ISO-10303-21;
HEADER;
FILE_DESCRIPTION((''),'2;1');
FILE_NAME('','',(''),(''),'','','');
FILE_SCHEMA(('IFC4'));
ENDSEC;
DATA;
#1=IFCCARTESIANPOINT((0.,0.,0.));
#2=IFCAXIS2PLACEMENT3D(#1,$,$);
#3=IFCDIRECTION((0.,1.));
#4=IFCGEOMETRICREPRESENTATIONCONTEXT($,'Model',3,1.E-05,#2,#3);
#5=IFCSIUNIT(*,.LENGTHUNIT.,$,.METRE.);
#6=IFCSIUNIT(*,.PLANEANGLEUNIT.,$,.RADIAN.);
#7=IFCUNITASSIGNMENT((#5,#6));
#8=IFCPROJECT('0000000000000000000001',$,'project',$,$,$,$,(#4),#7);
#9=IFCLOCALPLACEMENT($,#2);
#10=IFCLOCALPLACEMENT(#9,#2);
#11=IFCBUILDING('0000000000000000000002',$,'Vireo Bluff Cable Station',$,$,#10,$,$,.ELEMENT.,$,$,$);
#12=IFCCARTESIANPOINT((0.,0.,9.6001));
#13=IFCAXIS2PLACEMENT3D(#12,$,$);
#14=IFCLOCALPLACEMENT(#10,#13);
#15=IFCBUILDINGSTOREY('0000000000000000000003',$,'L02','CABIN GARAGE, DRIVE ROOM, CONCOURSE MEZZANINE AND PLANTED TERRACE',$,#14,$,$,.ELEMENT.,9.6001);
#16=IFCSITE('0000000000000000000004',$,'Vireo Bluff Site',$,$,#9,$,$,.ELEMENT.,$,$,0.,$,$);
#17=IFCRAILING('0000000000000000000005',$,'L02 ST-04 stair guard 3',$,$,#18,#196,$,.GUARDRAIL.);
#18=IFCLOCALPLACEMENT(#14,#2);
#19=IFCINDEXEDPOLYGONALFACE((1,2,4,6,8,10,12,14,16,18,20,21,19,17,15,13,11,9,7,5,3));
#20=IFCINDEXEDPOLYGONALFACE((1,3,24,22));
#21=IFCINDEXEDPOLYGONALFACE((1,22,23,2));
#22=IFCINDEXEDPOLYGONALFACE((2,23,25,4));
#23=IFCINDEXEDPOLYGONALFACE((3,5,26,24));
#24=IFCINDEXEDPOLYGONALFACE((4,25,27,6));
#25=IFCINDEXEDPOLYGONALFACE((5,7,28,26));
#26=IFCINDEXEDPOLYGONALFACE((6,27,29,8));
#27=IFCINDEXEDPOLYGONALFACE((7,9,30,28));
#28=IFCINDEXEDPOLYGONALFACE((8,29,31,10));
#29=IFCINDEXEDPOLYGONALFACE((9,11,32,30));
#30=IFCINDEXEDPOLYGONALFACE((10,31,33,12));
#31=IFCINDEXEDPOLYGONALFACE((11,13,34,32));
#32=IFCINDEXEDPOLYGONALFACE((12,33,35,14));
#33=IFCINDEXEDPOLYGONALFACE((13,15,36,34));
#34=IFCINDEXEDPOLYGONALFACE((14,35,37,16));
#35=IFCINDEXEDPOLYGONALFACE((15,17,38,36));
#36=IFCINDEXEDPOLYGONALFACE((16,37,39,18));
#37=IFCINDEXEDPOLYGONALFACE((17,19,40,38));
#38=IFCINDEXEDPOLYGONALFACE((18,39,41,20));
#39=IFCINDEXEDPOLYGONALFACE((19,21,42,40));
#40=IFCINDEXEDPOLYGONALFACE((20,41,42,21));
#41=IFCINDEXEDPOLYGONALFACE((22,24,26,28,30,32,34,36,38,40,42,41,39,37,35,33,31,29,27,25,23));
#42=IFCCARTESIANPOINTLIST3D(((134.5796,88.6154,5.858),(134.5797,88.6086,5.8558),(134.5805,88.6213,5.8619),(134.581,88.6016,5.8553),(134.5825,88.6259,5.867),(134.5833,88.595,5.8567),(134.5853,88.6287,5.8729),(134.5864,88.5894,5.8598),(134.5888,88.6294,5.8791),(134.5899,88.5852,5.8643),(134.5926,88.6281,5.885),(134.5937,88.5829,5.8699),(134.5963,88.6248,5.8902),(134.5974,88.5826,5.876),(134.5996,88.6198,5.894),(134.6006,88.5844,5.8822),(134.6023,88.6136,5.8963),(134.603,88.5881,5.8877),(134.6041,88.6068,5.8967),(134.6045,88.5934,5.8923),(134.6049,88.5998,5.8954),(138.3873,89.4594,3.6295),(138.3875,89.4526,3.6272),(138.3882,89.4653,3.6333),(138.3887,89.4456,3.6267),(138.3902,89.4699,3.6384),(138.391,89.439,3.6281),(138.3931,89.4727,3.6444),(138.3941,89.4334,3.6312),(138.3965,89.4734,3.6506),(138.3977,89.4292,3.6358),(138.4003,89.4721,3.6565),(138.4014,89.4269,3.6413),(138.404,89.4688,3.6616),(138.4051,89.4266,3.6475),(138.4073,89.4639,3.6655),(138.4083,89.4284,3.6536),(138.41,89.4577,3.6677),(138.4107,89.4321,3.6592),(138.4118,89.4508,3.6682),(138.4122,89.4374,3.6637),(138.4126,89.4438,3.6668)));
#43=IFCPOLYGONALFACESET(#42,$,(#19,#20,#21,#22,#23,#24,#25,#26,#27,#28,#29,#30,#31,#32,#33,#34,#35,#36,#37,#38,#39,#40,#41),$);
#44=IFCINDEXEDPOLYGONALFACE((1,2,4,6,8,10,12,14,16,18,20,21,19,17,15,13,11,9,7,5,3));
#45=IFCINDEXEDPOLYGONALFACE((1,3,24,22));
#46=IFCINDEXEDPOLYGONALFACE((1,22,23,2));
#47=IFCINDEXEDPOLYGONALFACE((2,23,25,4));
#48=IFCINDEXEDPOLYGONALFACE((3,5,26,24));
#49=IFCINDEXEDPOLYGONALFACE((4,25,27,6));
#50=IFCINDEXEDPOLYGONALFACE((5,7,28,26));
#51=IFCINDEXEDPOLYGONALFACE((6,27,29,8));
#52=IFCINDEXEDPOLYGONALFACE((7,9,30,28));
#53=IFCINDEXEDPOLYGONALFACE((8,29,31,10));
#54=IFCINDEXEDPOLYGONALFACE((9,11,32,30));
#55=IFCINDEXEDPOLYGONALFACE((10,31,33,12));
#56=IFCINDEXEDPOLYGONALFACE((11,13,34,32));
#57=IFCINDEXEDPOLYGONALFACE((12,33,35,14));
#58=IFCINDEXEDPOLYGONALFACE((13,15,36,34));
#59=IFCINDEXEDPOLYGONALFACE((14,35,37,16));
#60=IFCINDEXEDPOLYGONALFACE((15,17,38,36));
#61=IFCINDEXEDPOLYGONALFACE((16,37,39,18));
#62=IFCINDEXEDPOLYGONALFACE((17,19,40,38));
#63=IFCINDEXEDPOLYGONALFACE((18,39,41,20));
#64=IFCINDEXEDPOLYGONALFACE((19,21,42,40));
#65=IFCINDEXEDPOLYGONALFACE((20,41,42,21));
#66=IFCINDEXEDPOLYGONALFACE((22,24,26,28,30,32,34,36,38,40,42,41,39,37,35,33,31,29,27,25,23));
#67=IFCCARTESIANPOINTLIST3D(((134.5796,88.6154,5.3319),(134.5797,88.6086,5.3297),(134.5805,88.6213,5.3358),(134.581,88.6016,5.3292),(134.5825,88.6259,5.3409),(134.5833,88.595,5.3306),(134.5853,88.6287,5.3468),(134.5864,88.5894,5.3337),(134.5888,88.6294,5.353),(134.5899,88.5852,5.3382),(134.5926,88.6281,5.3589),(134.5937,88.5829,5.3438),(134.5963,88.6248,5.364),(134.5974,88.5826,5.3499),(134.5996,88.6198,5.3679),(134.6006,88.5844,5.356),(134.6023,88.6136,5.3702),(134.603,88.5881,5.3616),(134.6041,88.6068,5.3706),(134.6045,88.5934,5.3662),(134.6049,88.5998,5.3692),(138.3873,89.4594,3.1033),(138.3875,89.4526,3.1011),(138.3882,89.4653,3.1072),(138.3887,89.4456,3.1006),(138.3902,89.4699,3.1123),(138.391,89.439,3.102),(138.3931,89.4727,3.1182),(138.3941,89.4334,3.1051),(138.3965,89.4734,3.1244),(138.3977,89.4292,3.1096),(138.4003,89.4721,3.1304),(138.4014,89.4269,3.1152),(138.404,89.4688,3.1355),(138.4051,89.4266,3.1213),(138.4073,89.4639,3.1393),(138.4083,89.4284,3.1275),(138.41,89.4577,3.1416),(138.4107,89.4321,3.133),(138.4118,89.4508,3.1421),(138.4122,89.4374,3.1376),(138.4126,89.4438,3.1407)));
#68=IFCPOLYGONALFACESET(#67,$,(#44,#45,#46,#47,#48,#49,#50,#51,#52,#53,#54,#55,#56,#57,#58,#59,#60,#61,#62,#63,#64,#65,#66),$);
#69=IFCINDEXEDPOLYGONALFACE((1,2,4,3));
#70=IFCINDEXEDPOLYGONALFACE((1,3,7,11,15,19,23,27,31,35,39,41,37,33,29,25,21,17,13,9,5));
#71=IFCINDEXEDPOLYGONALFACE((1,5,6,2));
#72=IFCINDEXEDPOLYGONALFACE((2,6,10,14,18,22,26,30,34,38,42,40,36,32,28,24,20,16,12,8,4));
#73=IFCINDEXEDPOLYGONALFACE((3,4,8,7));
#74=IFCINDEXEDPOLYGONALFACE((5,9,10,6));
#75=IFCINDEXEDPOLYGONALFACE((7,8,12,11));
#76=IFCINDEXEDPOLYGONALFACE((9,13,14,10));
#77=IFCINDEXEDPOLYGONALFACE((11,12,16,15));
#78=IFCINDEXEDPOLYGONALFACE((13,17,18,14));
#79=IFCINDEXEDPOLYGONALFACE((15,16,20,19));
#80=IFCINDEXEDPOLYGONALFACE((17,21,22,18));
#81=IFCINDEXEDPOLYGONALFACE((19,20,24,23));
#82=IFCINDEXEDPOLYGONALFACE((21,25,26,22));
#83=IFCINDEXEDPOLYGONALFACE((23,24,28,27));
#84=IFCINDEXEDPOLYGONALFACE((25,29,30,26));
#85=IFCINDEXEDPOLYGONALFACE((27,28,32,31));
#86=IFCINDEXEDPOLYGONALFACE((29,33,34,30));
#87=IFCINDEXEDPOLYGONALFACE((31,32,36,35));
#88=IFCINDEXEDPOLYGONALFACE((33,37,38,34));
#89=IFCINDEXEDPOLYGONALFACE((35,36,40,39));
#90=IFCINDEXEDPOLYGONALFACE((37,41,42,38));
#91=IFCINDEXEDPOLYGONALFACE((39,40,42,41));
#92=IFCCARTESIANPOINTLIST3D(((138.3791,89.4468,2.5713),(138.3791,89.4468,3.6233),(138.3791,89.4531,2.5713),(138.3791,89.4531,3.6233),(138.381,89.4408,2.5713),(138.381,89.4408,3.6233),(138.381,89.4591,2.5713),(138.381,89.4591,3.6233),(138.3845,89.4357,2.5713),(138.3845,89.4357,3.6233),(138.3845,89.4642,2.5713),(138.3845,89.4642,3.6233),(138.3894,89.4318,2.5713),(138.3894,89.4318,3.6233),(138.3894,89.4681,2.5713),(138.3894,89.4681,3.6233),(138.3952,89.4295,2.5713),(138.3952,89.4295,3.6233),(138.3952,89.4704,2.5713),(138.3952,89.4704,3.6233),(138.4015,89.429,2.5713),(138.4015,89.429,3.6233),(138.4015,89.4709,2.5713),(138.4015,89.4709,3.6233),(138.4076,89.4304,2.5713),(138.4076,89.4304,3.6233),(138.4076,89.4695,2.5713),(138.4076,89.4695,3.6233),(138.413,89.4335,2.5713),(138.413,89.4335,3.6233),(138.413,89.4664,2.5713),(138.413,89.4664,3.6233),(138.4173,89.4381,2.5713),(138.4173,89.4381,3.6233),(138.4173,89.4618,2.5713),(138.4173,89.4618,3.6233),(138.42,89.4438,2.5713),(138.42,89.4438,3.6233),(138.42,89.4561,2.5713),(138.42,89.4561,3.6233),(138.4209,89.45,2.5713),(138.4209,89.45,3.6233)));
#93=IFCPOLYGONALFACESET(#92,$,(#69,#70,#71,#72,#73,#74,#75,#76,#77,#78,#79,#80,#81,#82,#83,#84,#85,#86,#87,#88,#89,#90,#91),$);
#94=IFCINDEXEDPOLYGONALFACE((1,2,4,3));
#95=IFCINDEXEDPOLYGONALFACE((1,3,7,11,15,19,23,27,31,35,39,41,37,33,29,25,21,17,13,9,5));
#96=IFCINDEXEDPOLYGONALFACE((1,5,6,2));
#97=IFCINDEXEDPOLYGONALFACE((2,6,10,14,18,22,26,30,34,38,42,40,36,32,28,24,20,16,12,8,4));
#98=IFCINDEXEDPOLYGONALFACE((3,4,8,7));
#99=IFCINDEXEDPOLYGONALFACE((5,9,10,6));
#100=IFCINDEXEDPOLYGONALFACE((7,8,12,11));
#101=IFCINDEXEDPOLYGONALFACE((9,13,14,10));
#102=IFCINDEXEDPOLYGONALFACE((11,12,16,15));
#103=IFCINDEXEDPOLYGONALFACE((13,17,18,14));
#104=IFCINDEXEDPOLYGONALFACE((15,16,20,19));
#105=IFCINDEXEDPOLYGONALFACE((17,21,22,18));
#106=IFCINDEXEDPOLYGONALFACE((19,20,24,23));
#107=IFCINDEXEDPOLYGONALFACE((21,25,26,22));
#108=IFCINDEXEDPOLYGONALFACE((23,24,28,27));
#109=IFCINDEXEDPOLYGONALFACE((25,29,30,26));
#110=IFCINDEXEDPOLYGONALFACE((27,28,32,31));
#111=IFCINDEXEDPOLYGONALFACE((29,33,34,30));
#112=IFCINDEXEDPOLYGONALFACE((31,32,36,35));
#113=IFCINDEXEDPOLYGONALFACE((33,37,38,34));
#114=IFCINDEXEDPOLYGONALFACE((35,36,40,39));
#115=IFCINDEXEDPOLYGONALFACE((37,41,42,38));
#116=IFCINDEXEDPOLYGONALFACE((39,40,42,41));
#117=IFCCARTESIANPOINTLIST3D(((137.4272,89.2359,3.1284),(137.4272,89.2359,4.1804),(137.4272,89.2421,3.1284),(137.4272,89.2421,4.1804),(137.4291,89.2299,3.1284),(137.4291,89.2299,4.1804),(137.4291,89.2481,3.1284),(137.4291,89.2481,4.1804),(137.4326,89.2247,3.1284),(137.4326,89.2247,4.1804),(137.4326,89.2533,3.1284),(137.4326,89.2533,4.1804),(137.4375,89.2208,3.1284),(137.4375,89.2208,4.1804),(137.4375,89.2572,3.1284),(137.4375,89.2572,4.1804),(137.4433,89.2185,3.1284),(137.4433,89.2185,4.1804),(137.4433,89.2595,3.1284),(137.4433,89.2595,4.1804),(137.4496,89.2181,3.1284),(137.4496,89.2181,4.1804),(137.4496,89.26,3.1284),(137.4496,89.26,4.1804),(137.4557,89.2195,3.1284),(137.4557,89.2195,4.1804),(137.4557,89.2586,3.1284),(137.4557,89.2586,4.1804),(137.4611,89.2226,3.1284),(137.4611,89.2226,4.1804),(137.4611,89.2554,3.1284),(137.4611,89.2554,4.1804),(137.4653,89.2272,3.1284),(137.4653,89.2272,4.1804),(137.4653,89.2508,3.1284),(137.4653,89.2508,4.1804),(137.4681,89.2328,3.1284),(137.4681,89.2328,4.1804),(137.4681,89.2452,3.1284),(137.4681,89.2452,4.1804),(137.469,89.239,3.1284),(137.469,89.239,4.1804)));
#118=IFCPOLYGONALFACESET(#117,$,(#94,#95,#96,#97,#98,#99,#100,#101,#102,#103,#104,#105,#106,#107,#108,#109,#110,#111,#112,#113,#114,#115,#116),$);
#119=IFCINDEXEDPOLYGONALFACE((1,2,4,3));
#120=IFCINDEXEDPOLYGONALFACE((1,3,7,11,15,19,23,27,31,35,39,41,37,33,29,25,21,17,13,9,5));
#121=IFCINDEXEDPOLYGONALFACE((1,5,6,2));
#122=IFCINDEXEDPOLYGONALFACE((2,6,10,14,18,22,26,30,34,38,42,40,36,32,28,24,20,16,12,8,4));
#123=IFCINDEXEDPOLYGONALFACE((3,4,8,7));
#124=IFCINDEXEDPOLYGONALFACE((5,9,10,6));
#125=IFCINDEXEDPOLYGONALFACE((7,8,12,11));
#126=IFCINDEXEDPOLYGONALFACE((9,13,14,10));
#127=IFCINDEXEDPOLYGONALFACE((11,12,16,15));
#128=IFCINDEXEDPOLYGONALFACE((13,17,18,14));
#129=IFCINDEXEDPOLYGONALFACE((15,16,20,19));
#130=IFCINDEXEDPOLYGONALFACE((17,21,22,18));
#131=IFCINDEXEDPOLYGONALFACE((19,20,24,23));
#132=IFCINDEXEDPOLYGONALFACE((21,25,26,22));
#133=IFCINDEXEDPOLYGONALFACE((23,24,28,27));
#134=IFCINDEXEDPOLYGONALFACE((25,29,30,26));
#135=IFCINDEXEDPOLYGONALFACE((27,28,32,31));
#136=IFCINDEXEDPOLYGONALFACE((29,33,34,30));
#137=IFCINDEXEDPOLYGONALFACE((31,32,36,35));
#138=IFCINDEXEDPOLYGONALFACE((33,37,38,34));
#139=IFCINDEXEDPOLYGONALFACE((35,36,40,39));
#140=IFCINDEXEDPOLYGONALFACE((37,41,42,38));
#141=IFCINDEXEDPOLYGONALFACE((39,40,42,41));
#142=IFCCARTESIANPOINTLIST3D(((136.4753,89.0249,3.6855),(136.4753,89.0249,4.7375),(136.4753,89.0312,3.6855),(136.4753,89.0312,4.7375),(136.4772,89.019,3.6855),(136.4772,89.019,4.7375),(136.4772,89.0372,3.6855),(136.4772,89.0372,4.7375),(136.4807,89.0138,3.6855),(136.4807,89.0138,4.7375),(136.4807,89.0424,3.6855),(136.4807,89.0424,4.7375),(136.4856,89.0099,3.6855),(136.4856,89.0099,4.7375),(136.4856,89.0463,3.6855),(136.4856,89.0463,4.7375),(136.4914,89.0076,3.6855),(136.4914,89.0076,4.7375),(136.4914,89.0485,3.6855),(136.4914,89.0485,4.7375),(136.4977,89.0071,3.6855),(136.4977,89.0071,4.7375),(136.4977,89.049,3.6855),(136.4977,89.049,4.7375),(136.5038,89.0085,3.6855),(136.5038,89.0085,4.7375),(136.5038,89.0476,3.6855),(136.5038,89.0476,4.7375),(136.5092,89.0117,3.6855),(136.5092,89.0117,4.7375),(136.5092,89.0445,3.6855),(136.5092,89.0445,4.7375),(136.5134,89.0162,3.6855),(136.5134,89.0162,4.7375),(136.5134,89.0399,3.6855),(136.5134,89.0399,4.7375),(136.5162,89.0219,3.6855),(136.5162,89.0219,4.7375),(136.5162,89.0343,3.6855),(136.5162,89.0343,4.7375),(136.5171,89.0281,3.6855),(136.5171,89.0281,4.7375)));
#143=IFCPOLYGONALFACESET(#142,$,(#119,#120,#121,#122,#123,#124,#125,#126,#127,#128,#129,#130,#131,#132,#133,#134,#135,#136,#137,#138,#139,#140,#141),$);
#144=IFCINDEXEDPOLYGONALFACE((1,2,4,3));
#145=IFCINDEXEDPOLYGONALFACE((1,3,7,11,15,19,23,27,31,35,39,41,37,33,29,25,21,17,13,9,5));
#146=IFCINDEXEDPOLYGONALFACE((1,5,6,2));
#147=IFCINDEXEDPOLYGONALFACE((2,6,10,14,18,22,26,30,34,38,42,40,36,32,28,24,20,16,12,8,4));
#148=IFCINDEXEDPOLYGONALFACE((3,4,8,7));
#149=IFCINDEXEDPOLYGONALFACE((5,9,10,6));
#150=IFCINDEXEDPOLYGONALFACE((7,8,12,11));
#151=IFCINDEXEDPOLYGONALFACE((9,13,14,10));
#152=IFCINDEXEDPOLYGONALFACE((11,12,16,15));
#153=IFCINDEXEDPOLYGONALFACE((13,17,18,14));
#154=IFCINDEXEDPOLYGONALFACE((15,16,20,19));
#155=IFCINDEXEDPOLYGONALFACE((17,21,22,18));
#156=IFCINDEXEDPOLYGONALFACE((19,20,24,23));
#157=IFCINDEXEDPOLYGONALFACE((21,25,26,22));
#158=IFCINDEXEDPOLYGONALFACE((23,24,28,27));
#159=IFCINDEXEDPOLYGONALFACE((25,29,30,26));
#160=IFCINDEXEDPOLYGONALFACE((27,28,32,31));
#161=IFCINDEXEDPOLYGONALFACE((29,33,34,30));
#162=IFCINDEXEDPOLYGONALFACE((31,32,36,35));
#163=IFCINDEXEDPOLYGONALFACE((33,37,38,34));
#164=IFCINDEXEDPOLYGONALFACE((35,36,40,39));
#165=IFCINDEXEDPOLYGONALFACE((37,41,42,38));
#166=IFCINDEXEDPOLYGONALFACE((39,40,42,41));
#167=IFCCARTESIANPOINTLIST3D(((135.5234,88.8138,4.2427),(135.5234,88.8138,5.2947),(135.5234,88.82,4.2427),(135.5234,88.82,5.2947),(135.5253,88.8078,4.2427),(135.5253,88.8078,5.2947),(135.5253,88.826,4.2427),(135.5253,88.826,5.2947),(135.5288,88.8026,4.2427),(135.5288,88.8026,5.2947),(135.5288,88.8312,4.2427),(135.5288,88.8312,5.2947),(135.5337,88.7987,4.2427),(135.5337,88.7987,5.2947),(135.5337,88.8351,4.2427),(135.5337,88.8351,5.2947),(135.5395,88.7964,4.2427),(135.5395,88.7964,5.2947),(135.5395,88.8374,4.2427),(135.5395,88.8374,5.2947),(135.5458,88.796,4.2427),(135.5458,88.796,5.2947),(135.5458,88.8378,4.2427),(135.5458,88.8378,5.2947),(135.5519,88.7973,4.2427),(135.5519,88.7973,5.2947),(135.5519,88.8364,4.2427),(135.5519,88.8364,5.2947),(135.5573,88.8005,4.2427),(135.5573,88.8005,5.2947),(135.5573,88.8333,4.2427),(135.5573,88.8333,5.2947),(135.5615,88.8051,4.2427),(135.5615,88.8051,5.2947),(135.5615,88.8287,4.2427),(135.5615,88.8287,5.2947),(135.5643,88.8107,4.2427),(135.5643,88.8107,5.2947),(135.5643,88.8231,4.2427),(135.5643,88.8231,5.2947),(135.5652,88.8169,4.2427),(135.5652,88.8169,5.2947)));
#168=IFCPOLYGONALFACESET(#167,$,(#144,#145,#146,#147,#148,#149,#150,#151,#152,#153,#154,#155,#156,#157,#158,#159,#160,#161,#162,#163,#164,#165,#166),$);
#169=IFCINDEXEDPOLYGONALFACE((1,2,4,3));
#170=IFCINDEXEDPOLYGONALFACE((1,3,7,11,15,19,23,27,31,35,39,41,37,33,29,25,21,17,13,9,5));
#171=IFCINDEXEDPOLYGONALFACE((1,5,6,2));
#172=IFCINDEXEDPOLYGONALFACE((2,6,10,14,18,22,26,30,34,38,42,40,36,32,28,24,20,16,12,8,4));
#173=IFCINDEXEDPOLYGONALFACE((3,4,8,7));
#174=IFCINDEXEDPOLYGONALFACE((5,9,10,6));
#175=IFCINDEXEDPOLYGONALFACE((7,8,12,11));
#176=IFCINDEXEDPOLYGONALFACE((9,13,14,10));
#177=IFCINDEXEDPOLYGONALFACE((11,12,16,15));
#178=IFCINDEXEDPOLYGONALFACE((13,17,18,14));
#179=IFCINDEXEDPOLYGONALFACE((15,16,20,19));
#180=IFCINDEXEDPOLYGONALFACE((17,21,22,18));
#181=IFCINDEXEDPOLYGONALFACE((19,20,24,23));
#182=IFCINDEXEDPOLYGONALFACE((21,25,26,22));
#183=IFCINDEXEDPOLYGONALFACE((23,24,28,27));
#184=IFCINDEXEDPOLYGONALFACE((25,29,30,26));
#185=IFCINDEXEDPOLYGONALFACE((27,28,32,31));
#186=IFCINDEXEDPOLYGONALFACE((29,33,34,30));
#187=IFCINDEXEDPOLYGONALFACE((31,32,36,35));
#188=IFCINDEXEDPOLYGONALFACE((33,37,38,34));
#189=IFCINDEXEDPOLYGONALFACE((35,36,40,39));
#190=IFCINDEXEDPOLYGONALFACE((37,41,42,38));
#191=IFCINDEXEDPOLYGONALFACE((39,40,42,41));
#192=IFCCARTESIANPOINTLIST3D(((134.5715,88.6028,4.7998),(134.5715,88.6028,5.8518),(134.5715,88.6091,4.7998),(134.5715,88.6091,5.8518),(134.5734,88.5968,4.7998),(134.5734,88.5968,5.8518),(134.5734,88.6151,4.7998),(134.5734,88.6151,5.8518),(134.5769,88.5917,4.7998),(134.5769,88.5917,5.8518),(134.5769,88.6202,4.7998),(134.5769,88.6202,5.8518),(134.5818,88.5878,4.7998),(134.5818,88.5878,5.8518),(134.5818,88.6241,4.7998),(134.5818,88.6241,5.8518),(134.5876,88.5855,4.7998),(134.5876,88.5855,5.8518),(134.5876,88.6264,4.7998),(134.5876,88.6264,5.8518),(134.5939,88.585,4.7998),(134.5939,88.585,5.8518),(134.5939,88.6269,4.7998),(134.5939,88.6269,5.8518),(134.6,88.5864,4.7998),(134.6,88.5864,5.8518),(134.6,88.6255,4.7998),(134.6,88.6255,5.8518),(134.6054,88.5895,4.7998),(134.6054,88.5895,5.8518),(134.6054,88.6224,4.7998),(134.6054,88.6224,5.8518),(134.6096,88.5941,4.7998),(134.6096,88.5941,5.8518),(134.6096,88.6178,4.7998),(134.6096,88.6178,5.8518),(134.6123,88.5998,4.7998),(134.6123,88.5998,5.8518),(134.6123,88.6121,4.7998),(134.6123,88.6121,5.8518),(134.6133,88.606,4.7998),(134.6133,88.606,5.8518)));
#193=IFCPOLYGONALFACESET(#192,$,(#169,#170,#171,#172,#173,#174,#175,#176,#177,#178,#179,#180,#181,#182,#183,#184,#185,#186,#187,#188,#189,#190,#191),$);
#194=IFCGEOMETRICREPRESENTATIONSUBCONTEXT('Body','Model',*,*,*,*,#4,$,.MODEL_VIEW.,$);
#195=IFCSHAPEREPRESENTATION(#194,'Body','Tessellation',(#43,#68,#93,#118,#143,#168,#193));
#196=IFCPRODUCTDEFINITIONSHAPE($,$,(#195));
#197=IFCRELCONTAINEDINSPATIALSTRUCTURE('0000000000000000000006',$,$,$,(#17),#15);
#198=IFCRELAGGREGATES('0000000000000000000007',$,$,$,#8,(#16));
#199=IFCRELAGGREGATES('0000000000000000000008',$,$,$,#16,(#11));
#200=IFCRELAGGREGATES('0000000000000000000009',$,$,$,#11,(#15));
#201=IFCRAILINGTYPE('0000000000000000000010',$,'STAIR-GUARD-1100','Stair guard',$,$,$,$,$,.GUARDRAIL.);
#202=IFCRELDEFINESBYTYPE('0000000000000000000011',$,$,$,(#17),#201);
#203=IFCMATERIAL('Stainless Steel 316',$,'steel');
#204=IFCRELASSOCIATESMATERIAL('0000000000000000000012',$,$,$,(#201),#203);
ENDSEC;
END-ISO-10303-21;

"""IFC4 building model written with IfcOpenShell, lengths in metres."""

from ifc_helpers import new_model, si_unit, direction, frame, origin, origin_2d, place, context, subcontext, project, spatial, circle, extrude, material, type_object, element, save


model = new_model("IFC4")

# Units and contexts
model_context = context("Model", 3, precision=1e-05, world=origin(), true_north=direction((0.0, 1.0)))
body_context = subcontext(model_context, "Body", "Model", "MODEL_VIEW")
ifc_project = project(units=[si_unit("LENGTHUNIT", "METRE"), si_unit("PLANEANGLEUNIT", "RADIAN")], contexts=[model_context])

# Site, building, storey
site_placement = place(None, origin())
site = spatial("IfcSite", under=ifc_project, at=site_placement, Name="Vireo Bluff Site", CompositionType="ELEMENT", RefElevation=0.0)
building_placement = place(site_placement, origin())
building = spatial("IfcBuilding", under=site, at=building_placement, Name="Vireo Bluff Cable Station", CompositionType="ELEMENT")
storey_placement = place(building_placement, frame((0.0, 0.0, 9.6001)))
storey = spatial("IfcBuildingStorey", under=building, at=storey_placement, Name="L02", Description="CABIN GARAGE, DRIVE ROOM, CONCOURSE MEZZANINE AND PLANTED TERRACE", CompositionType="ELEMENT", Elevation=9.6001)

# Shared definitions
ifc_material_1 = material(Name="Stainless Steel 316", Category="steel")

# Railing
railing_type_1 = type_object("IfcRailingType", Name="STAIR-GUARD-1100", Description="Stair guard", PredefinedType="GUARDRAIL", material=ifc_material_1)
railing_1_placement = place(storey_placement, frame((138.3999, 89.45, 2.5713)))
element("IfcRailing", 1, at=railing_1_placement, inside=storey, type_object=railing_type_1, Name="L02 ST-04 stair guard 3", PredefinedType="GUARDRAIL", context=body_context, shape_type="SweptSolid", body=[
    extrude(circle(Radius=0.0239, at=origin_2d()), frame((0.0, 0.0, 1.0762), z_axis=(-0.847676, -0.187895, 0.496126), x_axis=(0.216407, -0.976303, 0.0)), (0.0, 0.0, 1.0), 4.4919),
    extrude(circle(Radius=0.0239, at=origin_2d()), frame((0.0, 0.0, 0.55), z_axis=(-0.847676, -0.187895, 0.496126), x_axis=(0.216407, -0.976303, 0.0)), (0.0, 0.0, 1.0), 4.4919),
    extrude(circle(Radius=0.021, at=origin_2d()), origin(), (0.0, 0.0, 1.0), 1.052),
    extrude(circle(Radius=0.021, at=origin_2d()), frame((-0.9519, -0.2109, 0.5571)), (0.0, 0.0, 1.0), 1.052),
    extrude(circle(Radius=0.021, at=origin_2d()), frame((-1.9038, -0.4219, 1.1143)), (0.0, 0.0, 1.0), 1.052),
    extrude(circle(Radius=0.021, at=origin_2d()), frame((-2.8557, -0.6331, 1.6714)), (0.0, 0.0, 1.0), 1.052),
    extrude(circle(Radius=0.021, at=origin_2d()), frame((-3.8076, -0.844, 2.2285)), (0.0, 0.0, 1.0), 1.052),
])

save(model, "model.ifc")
